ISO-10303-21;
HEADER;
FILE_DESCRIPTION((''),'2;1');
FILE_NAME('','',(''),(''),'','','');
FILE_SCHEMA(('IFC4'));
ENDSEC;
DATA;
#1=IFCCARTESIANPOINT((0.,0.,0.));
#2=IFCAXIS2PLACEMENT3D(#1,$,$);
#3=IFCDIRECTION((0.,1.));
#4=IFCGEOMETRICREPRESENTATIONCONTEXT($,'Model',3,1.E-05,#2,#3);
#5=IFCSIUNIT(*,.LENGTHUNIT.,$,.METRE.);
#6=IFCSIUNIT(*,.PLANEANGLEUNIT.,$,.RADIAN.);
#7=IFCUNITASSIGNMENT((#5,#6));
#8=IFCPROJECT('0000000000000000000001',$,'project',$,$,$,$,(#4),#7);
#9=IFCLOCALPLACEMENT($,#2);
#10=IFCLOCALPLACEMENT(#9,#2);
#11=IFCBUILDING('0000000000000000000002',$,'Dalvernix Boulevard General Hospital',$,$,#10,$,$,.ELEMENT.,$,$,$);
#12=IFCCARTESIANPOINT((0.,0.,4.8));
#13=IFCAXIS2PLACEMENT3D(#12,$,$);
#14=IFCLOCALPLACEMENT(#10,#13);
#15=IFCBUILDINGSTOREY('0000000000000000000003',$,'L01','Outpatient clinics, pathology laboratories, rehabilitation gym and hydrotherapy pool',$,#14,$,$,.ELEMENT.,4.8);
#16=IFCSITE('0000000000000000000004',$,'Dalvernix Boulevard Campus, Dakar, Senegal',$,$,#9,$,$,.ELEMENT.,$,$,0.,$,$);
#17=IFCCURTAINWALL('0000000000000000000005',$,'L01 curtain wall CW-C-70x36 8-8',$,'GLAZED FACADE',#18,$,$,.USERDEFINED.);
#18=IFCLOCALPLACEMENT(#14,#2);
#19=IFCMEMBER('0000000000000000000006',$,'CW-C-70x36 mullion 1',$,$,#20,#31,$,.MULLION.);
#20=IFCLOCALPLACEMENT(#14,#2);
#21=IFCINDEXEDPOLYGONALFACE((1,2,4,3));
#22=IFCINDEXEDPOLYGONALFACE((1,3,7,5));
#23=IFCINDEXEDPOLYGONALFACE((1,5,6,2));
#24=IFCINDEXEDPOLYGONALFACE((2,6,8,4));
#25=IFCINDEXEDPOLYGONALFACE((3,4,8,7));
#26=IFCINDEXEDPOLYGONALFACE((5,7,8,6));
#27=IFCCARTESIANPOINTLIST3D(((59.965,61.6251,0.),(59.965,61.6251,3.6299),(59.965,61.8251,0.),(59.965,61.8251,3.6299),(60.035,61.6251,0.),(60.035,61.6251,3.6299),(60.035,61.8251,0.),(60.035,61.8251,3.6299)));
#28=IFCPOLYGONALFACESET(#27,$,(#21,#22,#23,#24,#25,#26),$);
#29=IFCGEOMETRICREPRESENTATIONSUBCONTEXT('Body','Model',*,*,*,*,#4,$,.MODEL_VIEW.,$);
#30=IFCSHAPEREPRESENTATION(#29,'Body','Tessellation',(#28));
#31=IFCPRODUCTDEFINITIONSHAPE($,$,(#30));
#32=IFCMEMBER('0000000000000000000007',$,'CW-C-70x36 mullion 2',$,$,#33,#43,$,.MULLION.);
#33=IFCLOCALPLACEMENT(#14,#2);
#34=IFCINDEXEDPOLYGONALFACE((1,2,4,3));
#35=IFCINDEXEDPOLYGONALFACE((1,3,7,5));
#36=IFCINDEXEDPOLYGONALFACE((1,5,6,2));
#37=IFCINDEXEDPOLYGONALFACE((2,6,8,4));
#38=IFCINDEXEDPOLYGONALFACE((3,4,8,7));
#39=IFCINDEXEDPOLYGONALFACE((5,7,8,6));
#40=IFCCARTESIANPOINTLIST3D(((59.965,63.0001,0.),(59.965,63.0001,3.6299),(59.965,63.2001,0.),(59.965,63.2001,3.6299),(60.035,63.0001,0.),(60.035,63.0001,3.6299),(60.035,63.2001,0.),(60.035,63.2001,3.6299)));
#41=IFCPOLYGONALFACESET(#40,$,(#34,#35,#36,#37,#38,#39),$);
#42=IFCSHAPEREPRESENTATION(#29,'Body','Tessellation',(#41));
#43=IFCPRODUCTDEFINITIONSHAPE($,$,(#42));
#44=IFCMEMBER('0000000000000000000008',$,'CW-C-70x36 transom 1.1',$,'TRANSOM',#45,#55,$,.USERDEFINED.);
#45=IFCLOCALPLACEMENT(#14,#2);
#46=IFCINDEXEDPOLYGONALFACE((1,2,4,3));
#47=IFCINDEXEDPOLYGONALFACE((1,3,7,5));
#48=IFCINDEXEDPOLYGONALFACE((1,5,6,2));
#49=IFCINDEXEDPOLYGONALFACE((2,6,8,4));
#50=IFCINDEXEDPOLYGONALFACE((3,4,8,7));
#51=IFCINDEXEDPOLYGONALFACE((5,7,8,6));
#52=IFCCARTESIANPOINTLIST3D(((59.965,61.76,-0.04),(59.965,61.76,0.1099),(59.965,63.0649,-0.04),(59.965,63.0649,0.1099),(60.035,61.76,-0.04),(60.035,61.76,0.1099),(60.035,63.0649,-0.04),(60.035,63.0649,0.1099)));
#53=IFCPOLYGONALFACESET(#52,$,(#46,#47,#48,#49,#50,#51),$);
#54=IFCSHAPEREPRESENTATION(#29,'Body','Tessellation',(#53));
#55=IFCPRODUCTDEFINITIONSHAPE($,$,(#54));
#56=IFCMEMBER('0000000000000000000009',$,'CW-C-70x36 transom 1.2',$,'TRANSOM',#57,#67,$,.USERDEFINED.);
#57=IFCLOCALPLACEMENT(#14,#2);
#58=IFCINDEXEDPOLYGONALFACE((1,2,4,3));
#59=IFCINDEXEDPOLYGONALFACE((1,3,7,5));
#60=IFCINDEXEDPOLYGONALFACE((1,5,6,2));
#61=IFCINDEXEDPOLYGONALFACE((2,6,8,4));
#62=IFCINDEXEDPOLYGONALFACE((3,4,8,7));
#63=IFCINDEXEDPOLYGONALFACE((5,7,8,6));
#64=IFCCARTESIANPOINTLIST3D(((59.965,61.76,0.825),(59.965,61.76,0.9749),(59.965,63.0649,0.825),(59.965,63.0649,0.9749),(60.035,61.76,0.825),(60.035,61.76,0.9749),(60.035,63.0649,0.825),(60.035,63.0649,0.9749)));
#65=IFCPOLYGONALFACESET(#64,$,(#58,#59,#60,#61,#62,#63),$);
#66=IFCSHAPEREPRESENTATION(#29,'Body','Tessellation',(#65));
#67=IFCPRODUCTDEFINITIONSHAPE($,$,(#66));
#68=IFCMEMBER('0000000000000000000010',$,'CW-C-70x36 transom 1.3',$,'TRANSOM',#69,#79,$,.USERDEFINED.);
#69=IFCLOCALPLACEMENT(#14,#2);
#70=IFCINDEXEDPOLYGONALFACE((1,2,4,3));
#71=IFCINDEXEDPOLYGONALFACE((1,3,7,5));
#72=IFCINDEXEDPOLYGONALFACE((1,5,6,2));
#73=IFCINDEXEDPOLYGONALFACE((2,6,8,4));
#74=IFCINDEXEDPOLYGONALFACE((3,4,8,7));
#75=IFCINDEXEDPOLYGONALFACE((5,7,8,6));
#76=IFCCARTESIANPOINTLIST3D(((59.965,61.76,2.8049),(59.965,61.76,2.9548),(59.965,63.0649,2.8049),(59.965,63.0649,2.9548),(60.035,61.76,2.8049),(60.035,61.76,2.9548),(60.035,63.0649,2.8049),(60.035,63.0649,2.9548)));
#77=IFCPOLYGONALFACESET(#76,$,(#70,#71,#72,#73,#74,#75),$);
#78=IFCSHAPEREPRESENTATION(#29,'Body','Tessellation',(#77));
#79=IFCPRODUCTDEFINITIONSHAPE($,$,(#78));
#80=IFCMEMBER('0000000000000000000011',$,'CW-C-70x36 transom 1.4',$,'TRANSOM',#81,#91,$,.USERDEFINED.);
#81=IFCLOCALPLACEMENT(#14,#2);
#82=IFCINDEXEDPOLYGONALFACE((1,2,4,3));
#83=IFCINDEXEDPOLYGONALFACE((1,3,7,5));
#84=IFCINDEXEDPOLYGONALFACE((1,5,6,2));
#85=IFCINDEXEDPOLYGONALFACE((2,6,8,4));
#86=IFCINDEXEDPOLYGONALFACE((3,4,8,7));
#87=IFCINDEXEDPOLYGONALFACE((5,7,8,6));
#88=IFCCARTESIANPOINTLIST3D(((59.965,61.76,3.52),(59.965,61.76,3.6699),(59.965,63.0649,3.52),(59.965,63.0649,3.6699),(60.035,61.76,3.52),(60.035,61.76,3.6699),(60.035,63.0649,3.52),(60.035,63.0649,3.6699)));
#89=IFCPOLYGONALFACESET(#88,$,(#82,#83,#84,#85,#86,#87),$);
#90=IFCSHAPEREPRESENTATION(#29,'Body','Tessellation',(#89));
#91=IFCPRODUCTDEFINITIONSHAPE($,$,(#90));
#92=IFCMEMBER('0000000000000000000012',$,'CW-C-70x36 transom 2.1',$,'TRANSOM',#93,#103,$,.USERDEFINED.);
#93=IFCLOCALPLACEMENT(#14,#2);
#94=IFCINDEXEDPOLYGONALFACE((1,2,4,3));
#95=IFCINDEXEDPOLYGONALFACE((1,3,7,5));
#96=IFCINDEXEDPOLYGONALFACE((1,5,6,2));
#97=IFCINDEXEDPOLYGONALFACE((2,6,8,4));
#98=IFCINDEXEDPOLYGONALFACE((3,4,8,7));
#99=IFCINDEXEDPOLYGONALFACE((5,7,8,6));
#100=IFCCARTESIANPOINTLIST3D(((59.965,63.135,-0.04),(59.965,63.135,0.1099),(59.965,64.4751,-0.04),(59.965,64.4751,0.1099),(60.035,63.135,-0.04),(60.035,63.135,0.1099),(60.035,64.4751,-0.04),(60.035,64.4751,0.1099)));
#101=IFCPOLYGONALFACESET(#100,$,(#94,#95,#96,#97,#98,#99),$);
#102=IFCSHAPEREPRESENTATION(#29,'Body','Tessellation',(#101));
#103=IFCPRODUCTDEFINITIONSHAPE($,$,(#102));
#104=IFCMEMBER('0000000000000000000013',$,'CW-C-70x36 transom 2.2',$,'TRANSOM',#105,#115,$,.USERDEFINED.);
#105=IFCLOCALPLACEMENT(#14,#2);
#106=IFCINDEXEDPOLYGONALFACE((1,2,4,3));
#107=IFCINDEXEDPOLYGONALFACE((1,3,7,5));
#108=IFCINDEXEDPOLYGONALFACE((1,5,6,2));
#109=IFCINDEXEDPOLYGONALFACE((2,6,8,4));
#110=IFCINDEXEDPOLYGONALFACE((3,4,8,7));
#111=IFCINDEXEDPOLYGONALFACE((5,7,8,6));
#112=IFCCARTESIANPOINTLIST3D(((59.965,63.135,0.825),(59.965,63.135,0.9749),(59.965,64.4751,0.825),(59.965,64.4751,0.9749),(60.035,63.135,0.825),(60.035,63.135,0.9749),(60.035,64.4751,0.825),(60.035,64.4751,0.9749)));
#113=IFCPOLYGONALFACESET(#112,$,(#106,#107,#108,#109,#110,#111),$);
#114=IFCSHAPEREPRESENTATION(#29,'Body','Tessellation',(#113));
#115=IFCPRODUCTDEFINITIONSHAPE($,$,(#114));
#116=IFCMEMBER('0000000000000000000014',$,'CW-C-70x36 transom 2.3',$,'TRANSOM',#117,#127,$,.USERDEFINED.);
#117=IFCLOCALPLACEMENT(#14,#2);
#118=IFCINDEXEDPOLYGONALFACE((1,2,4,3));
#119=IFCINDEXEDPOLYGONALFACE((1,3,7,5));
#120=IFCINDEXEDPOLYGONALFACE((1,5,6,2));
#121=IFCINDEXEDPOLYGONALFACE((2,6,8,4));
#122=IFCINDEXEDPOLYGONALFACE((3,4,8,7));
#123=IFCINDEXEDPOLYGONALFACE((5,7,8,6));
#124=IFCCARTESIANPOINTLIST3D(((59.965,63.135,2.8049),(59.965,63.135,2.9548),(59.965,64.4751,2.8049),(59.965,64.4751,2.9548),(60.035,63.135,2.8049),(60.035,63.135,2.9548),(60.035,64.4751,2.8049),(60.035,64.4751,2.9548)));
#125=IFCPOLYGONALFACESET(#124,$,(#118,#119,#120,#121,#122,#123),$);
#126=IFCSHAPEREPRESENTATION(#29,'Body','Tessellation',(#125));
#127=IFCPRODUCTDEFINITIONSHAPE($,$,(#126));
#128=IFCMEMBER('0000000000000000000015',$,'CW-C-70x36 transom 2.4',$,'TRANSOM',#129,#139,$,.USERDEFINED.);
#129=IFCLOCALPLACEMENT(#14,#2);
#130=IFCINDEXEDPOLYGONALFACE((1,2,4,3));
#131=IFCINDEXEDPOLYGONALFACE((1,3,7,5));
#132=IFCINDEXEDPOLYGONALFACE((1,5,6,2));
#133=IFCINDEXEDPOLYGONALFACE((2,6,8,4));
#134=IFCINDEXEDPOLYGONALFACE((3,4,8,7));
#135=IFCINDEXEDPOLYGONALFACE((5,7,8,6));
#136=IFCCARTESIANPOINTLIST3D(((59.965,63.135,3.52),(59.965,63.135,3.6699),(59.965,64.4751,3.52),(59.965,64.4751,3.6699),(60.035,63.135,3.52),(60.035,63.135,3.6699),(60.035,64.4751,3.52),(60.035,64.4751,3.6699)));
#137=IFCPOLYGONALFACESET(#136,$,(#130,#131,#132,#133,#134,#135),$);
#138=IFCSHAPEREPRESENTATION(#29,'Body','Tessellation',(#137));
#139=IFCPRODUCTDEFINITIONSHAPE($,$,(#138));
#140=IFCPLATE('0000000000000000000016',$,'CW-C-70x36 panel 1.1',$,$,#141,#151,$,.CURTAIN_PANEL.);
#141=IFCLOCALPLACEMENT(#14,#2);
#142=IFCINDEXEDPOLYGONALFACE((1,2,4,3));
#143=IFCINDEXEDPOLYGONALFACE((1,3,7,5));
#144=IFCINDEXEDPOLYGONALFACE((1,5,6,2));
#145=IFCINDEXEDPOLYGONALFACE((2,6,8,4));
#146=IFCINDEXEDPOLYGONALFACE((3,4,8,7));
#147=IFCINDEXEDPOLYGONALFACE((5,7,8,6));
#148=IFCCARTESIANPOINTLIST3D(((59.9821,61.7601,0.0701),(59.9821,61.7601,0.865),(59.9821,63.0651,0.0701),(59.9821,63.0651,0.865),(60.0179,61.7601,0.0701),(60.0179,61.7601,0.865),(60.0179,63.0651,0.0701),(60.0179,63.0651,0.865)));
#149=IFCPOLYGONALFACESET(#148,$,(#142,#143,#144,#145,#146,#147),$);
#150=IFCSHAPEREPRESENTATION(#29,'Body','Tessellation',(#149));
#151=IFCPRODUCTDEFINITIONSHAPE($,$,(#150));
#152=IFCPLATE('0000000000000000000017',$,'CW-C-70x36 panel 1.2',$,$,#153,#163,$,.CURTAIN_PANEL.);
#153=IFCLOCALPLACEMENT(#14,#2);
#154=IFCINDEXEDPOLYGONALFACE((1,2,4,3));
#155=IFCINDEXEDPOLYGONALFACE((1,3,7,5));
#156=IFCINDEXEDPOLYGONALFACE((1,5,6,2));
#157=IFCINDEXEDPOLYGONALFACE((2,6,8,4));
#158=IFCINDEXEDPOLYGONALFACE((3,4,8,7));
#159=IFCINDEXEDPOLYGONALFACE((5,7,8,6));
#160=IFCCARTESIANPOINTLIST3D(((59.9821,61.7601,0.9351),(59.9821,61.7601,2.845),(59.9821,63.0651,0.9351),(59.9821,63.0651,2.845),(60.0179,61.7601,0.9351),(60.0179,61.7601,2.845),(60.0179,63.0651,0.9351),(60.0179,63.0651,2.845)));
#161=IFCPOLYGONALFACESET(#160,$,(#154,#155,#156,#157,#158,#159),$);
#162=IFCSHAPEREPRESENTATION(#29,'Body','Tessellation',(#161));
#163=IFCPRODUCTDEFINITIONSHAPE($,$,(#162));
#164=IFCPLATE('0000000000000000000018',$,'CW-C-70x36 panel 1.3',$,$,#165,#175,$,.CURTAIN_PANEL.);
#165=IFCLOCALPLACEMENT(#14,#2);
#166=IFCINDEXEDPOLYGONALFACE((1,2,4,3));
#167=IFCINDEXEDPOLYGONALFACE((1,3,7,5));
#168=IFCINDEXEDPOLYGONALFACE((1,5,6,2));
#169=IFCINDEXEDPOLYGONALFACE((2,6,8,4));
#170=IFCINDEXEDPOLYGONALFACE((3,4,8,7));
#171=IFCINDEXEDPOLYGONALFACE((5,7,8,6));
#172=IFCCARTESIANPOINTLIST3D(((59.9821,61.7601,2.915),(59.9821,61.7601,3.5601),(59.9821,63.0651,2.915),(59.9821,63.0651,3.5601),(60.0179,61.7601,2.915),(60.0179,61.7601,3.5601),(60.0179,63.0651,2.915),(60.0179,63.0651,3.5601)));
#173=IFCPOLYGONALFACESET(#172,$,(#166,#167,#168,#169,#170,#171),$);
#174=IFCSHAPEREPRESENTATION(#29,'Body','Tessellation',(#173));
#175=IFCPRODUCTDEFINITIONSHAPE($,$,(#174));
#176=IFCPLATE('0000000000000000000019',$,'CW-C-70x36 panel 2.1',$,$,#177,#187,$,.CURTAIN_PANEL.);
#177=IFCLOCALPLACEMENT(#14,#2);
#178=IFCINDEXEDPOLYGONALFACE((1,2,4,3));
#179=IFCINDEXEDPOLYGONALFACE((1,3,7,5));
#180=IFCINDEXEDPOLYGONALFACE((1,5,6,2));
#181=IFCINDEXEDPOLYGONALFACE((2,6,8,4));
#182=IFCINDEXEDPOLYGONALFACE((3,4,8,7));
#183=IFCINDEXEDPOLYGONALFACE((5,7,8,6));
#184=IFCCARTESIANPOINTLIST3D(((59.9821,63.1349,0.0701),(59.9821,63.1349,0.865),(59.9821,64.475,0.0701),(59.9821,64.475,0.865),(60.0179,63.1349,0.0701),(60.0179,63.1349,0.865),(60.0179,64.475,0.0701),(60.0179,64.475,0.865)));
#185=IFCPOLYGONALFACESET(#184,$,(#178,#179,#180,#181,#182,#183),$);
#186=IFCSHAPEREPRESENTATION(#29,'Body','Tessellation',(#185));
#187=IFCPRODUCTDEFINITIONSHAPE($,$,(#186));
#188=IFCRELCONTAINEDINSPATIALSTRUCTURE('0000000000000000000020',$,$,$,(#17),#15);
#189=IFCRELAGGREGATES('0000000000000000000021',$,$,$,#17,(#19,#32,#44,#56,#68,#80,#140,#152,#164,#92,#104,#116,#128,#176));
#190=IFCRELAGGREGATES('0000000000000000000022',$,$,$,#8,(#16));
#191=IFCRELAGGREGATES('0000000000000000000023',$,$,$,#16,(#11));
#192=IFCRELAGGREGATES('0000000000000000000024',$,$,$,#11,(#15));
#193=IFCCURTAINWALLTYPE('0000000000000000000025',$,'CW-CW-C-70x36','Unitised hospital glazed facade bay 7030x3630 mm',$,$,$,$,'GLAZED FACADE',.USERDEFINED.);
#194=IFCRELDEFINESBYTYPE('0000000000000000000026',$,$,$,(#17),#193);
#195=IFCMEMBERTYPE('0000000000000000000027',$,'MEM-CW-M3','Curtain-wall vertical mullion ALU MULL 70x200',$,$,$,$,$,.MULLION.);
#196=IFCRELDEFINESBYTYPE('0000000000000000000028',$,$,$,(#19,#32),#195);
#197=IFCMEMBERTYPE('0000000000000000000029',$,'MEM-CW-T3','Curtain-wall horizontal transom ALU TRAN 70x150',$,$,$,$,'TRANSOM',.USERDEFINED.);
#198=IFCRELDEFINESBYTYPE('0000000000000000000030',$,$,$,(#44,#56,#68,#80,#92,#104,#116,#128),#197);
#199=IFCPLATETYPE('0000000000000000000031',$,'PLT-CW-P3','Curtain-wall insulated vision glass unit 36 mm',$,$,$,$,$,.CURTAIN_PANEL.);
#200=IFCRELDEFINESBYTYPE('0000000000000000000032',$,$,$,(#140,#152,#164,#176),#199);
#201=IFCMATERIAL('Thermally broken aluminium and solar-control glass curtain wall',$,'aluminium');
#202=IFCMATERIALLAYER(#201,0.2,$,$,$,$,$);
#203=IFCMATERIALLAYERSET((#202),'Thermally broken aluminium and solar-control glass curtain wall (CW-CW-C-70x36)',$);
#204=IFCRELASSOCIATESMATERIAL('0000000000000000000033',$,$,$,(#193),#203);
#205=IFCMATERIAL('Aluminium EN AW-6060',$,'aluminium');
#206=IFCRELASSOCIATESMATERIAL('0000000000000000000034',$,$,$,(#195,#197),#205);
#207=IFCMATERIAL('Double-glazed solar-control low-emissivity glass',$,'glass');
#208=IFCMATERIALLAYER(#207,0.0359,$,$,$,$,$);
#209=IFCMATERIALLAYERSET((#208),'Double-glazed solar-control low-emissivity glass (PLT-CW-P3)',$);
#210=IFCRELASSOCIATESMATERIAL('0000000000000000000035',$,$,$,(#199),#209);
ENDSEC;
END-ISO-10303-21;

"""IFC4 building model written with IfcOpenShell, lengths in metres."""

from ifc_helpers import new_model, si_unit, direction, frame, origin, origin_2d, place, context, subcontext, project, spatial, rectangle, extrude, material, layer, layer_set, material_profile, profile_set, type_object, element, aggregate, save


model = new_model("IFC4")

# Units and contexts
model_context = context("Model", 3, precision=1e-05, world=origin(), true_north=direction((0.0, 1.0)))
body_context = subcontext(model_context, "Body", "Model", "MODEL_VIEW")
ifc_project = project(units=[si_unit("LENGTHUNIT", "METRE"), si_unit("PLANEANGLEUNIT", "RADIAN")], contexts=[model_context])

# Site, building, storey
site_placement = place(None, origin())
site = spatial("IfcSite", under=ifc_project, at=site_placement, Name="Dalvernix Boulevard Campus, Dakar, Senegal", CompositionType="ELEMENT", RefElevation=0.0)
building_placement = place(site_placement, origin())
building = spatial("IfcBuilding", under=site, at=building_placement, Name="Dalvernix Boulevard General Hospital", CompositionType="ELEMENT")
storey_placement = place(building_placement, frame((0.0, 0.0, 4.8)))
storey = spatial("IfcBuildingStorey", under=building, at=storey_placement, Name="L01", Description="Outpatient clinics, pathology laboratories, rehabilitation gym and hydrotherapy pool", CompositionType="ELEMENT", Elevation=4.8)

# Curtain wall, members, plates
ifc_material_1 = material(Name="Thermally broken aluminium and solar-control glass curtain wall", Category="aluminium")
ifc_layer_1 = layer(ifc_material_1, 0.2)
ifc_layer_set_1 = layer_set([ifc_layer_1], Name="Thermally broken aluminium and solar-control glass curtain wall (CW-CW-C-70x36)")
curtain_wall_type = type_object("IfcCurtainWallType", Name="CW-CW-C-70x36", Description="Unitised hospital glazed facade bay 7030x3630 mm", ElementType="GLAZED FACADE", PredefinedType="USERDEFINED", material=ifc_layer_set_1)
curtain_wall_placement = place(storey_placement, origin())
curtain_wall = element("IfcCurtainWall", 1, at=curtain_wall_placement, inside=storey, type_object=curtain_wall_type, Name="L01 curtain wall CW-C-70x36 8-8", ObjectType="GLAZED FACADE", PredefinedType="USERDEFINED")
ifc_material_2 = material(Name="Aluminium EN AW-6060", Category="aluminium")
ifc_material_profile_1 = material_profile(ifc_material_2, rectangle(XDim=0.0701, YDim=0.2, at=origin_2d()), Name="ALU MULL 70x200")
ifc_profile_set_1 = profile_set([ifc_material_profile_1], Name="Aluminium EN AW-6060")
member_type_1 = type_object("IfcMemberType", Name="MEM-CW-M3", Description="Curtain-wall vertical mullion ALU MULL 70x200", PredefinedType="MULLION", material=ifc_profile_set_1)
member_1_placement = place(storey_placement, frame((60.0, 61.7251, 0.0), z_axis=(0.0, 0.0, 1.0), x_axis=(-1.0, 0.0, 0.0)))
member_1 = element("IfcMember", 2, at=member_1_placement, type_object=member_type_1, Name="CW-C-70x36 mullion 1", PredefinedType="MULLION", context=body_context, shape_type="SweptSolid", body=[
    extrude(rectangle(XDim=0.0701, YDim=0.2, at=origin_2d()), origin(), (0.0, 0.0, 1.0), 3.6299),
])
member_2_placement = place(storey_placement, frame((60.0, 63.1001, 0.0), z_axis=(0.0, 0.0, 1.0), x_axis=(-1.0, 0.0, 0.0)))
member_2 = element("IfcMember", 3, at=member_2_placement, type_object=member_type_1, Name="CW-C-70x36 mullion 2", PredefinedType="MULLION", context=body_context, shape_type="SweptSolid", body=[
    extrude(rectangle(XDim=0.0701, YDim=0.2, at=origin_2d()), origin(), (0.0, 0.0, 1.0), 3.6299),
])
ifc_material_profile_2 = material_profile(ifc_material_2, rectangle(XDim=0.0701, YDim=0.1499, at=origin_2d()), Name="ALU TRAN 70x150")
ifc_profile_set_2 = profile_set([ifc_material_profile_2], Name="Aluminium EN AW-6060")
member_type_2 = type_object("IfcMemberType", Name="MEM-CW-T3", Description="Curtain-wall horizontal transom ALU TRAN 70x150", ElementType="TRANSOM", PredefinedType="USERDEFINED", material=ifc_profile_set_2)
member_3_placement = place(storey_placement, frame((60.0, 61.76, 0.0349), z_axis=(0.0, 1.0, 0.0), x_axis=(-1.0, 0.0, 0.0)))
member_3 = element("IfcMember", 4, at=member_3_placement, type_object=member_type_2, Name="CW-C-70x36 transom 1.1", ObjectType="TRANSOM", PredefinedType="USERDEFINED", context=body_context, shape_type="SweptSolid", body=[
    extrude(rectangle(XDim=0.0701, YDim=0.1499, at=origin_2d()), origin(), (0.0, 0.0, 1.0), 1.3049),
])
member_4_placement = place(storey_placement, frame((60.0, 61.76, 0.8999), z_axis=(0.0, 1.0, 0.0), x_axis=(-1.0, 0.0, 0.0)))
member_4 = element("IfcMember", 5, at=member_4_placement, type_object=member_type_2, Name="CW-C-70x36 transom 1.2", ObjectType="TRANSOM", PredefinedType="USERDEFINED", context=body_context, shape_type="SweptSolid", body=[
    extrude(rectangle(XDim=0.0701, YDim=0.1499, at=origin_2d()), origin(), (0.0, 0.0, 1.0), 1.3049),
])
member_5_placement = place(storey_placement, frame((60.0, 61.76, 2.8799), z_axis=(0.0, 1.0, 0.0), x_axis=(-1.0, 0.0, 0.0)))
member_5 = element("IfcMember", 6, at=member_5_placement, type_object=member_type_2, Name="CW-C-70x36 transom 1.3", ObjectType="TRANSOM", PredefinedType="USERDEFINED", context=body_context, shape_type="SweptSolid", body=[
    extrude(rectangle(XDim=0.0701, YDim=0.1499, at=origin_2d()), origin(), (0.0, 0.0, 1.0), 1.3049),
])
member_6_placement = place(storey_placement, frame((60.0, 61.76, 3.595), z_axis=(0.0, 1.0, 0.0), x_axis=(-1.0, 0.0, 0.0)))
member_6 = element("IfcMember", 7, at=member_6_placement, type_object=member_type_2, Name="CW-C-70x36 transom 1.4", ObjectType="TRANSOM", PredefinedType="USERDEFINED", context=body_context, shape_type="SweptSolid", body=[
    extrude(rectangle(XDim=0.0701, YDim=0.1499, at=origin_2d()), origin(), (0.0, 0.0, 1.0), 1.3049),
])
member_7_placement = place(storey_placement, frame((60.0, 63.135, 0.0349), z_axis=(0.0, 1.0, 0.0), x_axis=(-1.0, 0.0, 0.0)))
member_7 = element("IfcMember", 8, at=member_7_placement, type_object=member_type_2, Name="CW-C-70x36 transom 2.1", ObjectType="TRANSOM", PredefinedType="USERDEFINED", context=body_context, shape_type="SweptSolid", body=[
    extrude(rectangle(XDim=0.0701, YDim=0.1499, at=origin_2d()), origin(), (0.0, 0.0, 1.0), 1.3401),
])
member_8_placement = place(storey_placement, frame((60.0, 63.135, 0.8999), z_axis=(0.0, 1.0, 0.0), x_axis=(-1.0, 0.0, 0.0)))
member_8 = element("IfcMember", 9, at=member_8_placement, type_object=member_type_2, Name="CW-C-70x36 transom 2.2", ObjectType="TRANSOM", PredefinedType="USERDEFINED", context=body_context, shape_type="SweptSolid", body=[
    extrude(rectangle(XDim=0.0701, YDim=0.1499, at=origin_2d()), origin(), (0.0, 0.0, 1.0), 1.3401),
])
member_9_placement = place(storey_placement, frame((60.0, 63.135, 2.8799), z_axis=(0.0, 1.0, 0.0), x_axis=(-1.0, 0.0, 0.0)))
member_9 = element("IfcMember", 10, at=member_9_placement, type_object=member_type_2, Name="CW-C-70x36 transom 2.3", ObjectType="TRANSOM", PredefinedType="USERDEFINED", context=body_context, shape_type="SweptSolid", body=[
    extrude(rectangle(XDim=0.0701, YDim=0.1499, at=origin_2d()), origin(), (0.0, 0.0, 1.0), 1.3401),
])
member_10_placement = place(storey_placement, frame((60.0, 63.135, 3.595), z_axis=(0.0, 1.0, 0.0), x_axis=(-1.0, 0.0, 0.0)))
member_10 = element("IfcMember", 11, at=member_10_placement, type_object=member_type_2, Name="CW-C-70x36 transom 2.4", ObjectType="TRANSOM", PredefinedType="USERDEFINED", context=body_context, shape_type="SweptSolid", body=[
    extrude(rectangle(XDim=0.0701, YDim=0.1499, at=origin_2d()), origin(), (0.0, 0.0, 1.0), 1.3401),
])
ifc_material_3 = material(Name="Double-glazed solar-control low-emissivity glass", Category="glass")
ifc_layer_2 = layer(ifc_material_3, 0.0359)
ifc_layer_set_2 = layer_set([ifc_layer_2], Name="Double-glazed solar-control low-emissivity glass (PLT-CW-P3)")
plate_type = type_object("IfcPlateType", Name="PLT-CW-P3", Description="Curtain-wall insulated vision glass unit 36 mm", PredefinedType="CURTAIN_PANEL", material=ifc_layer_set_2)
plate_1_placement = place(storey_placement, frame((60.0, 62.4126, 0.0701), z_axis=(0.0, 0.0, 1.0), x_axis=(0.0, 1.0, 0.0)))
plate_1 = element("IfcPlate", 12, at=plate_1_placement, type_object=plate_type, Name="CW-C-70x36 panel 1.1", PredefinedType="CURTAIN_PANEL", context=body_context, shape_type="SweptSolid", body=[
    extrude(rectangle(XDim=1.3049, YDim=0.0359, at=origin_2d()), origin(), (0.0, 0.0, 1.0), 0.7949),
])
plate_2_placement = place(storey_placement, frame((60.0, 62.4126, 0.9351), z_axis=(0.0, 0.0, 1.0), x_axis=(0.0, 1.0, 0.0)))
plate_2 = element("IfcPlate", 13, at=plate_2_placement, type_object=plate_type, Name="CW-C-70x36 panel 1.2", PredefinedType="CURTAIN_PANEL", context=body_context, shape_type="SweptSolid", body=[
    extrude(rectangle(XDim=1.3049, YDim=0.0359, at=origin_2d()), origin(), (0.0, 0.0, 1.0), 1.9099),
])
plate_3_placement = place(storey_placement, frame((60.0, 62.4126, 2.915), z_axis=(0.0, 0.0, 1.0), x_axis=(0.0, 1.0, 0.0)))
plate_3 = element("IfcPlate", 14, at=plate_3_placement, type_object=plate_type, Name="CW-C-70x36 panel 1.3", PredefinedType="CURTAIN_PANEL", context=body_context, shape_type="SweptSolid", body=[
    extrude(rectangle(XDim=1.3049, YDim=0.0359, at=origin_2d()), origin(), (0.0, 0.0, 1.0), 0.645),
])
plate_4_placement = place(storey_placement, frame((60.0, 63.8049, 0.0701), z_axis=(0.0, 0.0, 1.0), x_axis=(0.0, 1.0, 0.0)))
plate_4 = element("IfcPlate", 15, at=plate_4_placement, type_object=plate_type, Name="CW-C-70x36 panel 2.1", PredefinedType="CURTAIN_PANEL", context=body_context, shape_type="SweptSolid", body=[
    extrude(rectangle(XDim=1.3401, YDim=0.0359, at=origin_2d()), origin(), (0.0, 0.0, 1.0), 0.7949),
])
aggregate(curtain_wall, [member_1, member_2, member_3, member_4, member_5, member_6, plate_1, plate_2, plate_3, member_7, member_8, member_9, member_10, plate_4])

save(model, "model.ifc")
